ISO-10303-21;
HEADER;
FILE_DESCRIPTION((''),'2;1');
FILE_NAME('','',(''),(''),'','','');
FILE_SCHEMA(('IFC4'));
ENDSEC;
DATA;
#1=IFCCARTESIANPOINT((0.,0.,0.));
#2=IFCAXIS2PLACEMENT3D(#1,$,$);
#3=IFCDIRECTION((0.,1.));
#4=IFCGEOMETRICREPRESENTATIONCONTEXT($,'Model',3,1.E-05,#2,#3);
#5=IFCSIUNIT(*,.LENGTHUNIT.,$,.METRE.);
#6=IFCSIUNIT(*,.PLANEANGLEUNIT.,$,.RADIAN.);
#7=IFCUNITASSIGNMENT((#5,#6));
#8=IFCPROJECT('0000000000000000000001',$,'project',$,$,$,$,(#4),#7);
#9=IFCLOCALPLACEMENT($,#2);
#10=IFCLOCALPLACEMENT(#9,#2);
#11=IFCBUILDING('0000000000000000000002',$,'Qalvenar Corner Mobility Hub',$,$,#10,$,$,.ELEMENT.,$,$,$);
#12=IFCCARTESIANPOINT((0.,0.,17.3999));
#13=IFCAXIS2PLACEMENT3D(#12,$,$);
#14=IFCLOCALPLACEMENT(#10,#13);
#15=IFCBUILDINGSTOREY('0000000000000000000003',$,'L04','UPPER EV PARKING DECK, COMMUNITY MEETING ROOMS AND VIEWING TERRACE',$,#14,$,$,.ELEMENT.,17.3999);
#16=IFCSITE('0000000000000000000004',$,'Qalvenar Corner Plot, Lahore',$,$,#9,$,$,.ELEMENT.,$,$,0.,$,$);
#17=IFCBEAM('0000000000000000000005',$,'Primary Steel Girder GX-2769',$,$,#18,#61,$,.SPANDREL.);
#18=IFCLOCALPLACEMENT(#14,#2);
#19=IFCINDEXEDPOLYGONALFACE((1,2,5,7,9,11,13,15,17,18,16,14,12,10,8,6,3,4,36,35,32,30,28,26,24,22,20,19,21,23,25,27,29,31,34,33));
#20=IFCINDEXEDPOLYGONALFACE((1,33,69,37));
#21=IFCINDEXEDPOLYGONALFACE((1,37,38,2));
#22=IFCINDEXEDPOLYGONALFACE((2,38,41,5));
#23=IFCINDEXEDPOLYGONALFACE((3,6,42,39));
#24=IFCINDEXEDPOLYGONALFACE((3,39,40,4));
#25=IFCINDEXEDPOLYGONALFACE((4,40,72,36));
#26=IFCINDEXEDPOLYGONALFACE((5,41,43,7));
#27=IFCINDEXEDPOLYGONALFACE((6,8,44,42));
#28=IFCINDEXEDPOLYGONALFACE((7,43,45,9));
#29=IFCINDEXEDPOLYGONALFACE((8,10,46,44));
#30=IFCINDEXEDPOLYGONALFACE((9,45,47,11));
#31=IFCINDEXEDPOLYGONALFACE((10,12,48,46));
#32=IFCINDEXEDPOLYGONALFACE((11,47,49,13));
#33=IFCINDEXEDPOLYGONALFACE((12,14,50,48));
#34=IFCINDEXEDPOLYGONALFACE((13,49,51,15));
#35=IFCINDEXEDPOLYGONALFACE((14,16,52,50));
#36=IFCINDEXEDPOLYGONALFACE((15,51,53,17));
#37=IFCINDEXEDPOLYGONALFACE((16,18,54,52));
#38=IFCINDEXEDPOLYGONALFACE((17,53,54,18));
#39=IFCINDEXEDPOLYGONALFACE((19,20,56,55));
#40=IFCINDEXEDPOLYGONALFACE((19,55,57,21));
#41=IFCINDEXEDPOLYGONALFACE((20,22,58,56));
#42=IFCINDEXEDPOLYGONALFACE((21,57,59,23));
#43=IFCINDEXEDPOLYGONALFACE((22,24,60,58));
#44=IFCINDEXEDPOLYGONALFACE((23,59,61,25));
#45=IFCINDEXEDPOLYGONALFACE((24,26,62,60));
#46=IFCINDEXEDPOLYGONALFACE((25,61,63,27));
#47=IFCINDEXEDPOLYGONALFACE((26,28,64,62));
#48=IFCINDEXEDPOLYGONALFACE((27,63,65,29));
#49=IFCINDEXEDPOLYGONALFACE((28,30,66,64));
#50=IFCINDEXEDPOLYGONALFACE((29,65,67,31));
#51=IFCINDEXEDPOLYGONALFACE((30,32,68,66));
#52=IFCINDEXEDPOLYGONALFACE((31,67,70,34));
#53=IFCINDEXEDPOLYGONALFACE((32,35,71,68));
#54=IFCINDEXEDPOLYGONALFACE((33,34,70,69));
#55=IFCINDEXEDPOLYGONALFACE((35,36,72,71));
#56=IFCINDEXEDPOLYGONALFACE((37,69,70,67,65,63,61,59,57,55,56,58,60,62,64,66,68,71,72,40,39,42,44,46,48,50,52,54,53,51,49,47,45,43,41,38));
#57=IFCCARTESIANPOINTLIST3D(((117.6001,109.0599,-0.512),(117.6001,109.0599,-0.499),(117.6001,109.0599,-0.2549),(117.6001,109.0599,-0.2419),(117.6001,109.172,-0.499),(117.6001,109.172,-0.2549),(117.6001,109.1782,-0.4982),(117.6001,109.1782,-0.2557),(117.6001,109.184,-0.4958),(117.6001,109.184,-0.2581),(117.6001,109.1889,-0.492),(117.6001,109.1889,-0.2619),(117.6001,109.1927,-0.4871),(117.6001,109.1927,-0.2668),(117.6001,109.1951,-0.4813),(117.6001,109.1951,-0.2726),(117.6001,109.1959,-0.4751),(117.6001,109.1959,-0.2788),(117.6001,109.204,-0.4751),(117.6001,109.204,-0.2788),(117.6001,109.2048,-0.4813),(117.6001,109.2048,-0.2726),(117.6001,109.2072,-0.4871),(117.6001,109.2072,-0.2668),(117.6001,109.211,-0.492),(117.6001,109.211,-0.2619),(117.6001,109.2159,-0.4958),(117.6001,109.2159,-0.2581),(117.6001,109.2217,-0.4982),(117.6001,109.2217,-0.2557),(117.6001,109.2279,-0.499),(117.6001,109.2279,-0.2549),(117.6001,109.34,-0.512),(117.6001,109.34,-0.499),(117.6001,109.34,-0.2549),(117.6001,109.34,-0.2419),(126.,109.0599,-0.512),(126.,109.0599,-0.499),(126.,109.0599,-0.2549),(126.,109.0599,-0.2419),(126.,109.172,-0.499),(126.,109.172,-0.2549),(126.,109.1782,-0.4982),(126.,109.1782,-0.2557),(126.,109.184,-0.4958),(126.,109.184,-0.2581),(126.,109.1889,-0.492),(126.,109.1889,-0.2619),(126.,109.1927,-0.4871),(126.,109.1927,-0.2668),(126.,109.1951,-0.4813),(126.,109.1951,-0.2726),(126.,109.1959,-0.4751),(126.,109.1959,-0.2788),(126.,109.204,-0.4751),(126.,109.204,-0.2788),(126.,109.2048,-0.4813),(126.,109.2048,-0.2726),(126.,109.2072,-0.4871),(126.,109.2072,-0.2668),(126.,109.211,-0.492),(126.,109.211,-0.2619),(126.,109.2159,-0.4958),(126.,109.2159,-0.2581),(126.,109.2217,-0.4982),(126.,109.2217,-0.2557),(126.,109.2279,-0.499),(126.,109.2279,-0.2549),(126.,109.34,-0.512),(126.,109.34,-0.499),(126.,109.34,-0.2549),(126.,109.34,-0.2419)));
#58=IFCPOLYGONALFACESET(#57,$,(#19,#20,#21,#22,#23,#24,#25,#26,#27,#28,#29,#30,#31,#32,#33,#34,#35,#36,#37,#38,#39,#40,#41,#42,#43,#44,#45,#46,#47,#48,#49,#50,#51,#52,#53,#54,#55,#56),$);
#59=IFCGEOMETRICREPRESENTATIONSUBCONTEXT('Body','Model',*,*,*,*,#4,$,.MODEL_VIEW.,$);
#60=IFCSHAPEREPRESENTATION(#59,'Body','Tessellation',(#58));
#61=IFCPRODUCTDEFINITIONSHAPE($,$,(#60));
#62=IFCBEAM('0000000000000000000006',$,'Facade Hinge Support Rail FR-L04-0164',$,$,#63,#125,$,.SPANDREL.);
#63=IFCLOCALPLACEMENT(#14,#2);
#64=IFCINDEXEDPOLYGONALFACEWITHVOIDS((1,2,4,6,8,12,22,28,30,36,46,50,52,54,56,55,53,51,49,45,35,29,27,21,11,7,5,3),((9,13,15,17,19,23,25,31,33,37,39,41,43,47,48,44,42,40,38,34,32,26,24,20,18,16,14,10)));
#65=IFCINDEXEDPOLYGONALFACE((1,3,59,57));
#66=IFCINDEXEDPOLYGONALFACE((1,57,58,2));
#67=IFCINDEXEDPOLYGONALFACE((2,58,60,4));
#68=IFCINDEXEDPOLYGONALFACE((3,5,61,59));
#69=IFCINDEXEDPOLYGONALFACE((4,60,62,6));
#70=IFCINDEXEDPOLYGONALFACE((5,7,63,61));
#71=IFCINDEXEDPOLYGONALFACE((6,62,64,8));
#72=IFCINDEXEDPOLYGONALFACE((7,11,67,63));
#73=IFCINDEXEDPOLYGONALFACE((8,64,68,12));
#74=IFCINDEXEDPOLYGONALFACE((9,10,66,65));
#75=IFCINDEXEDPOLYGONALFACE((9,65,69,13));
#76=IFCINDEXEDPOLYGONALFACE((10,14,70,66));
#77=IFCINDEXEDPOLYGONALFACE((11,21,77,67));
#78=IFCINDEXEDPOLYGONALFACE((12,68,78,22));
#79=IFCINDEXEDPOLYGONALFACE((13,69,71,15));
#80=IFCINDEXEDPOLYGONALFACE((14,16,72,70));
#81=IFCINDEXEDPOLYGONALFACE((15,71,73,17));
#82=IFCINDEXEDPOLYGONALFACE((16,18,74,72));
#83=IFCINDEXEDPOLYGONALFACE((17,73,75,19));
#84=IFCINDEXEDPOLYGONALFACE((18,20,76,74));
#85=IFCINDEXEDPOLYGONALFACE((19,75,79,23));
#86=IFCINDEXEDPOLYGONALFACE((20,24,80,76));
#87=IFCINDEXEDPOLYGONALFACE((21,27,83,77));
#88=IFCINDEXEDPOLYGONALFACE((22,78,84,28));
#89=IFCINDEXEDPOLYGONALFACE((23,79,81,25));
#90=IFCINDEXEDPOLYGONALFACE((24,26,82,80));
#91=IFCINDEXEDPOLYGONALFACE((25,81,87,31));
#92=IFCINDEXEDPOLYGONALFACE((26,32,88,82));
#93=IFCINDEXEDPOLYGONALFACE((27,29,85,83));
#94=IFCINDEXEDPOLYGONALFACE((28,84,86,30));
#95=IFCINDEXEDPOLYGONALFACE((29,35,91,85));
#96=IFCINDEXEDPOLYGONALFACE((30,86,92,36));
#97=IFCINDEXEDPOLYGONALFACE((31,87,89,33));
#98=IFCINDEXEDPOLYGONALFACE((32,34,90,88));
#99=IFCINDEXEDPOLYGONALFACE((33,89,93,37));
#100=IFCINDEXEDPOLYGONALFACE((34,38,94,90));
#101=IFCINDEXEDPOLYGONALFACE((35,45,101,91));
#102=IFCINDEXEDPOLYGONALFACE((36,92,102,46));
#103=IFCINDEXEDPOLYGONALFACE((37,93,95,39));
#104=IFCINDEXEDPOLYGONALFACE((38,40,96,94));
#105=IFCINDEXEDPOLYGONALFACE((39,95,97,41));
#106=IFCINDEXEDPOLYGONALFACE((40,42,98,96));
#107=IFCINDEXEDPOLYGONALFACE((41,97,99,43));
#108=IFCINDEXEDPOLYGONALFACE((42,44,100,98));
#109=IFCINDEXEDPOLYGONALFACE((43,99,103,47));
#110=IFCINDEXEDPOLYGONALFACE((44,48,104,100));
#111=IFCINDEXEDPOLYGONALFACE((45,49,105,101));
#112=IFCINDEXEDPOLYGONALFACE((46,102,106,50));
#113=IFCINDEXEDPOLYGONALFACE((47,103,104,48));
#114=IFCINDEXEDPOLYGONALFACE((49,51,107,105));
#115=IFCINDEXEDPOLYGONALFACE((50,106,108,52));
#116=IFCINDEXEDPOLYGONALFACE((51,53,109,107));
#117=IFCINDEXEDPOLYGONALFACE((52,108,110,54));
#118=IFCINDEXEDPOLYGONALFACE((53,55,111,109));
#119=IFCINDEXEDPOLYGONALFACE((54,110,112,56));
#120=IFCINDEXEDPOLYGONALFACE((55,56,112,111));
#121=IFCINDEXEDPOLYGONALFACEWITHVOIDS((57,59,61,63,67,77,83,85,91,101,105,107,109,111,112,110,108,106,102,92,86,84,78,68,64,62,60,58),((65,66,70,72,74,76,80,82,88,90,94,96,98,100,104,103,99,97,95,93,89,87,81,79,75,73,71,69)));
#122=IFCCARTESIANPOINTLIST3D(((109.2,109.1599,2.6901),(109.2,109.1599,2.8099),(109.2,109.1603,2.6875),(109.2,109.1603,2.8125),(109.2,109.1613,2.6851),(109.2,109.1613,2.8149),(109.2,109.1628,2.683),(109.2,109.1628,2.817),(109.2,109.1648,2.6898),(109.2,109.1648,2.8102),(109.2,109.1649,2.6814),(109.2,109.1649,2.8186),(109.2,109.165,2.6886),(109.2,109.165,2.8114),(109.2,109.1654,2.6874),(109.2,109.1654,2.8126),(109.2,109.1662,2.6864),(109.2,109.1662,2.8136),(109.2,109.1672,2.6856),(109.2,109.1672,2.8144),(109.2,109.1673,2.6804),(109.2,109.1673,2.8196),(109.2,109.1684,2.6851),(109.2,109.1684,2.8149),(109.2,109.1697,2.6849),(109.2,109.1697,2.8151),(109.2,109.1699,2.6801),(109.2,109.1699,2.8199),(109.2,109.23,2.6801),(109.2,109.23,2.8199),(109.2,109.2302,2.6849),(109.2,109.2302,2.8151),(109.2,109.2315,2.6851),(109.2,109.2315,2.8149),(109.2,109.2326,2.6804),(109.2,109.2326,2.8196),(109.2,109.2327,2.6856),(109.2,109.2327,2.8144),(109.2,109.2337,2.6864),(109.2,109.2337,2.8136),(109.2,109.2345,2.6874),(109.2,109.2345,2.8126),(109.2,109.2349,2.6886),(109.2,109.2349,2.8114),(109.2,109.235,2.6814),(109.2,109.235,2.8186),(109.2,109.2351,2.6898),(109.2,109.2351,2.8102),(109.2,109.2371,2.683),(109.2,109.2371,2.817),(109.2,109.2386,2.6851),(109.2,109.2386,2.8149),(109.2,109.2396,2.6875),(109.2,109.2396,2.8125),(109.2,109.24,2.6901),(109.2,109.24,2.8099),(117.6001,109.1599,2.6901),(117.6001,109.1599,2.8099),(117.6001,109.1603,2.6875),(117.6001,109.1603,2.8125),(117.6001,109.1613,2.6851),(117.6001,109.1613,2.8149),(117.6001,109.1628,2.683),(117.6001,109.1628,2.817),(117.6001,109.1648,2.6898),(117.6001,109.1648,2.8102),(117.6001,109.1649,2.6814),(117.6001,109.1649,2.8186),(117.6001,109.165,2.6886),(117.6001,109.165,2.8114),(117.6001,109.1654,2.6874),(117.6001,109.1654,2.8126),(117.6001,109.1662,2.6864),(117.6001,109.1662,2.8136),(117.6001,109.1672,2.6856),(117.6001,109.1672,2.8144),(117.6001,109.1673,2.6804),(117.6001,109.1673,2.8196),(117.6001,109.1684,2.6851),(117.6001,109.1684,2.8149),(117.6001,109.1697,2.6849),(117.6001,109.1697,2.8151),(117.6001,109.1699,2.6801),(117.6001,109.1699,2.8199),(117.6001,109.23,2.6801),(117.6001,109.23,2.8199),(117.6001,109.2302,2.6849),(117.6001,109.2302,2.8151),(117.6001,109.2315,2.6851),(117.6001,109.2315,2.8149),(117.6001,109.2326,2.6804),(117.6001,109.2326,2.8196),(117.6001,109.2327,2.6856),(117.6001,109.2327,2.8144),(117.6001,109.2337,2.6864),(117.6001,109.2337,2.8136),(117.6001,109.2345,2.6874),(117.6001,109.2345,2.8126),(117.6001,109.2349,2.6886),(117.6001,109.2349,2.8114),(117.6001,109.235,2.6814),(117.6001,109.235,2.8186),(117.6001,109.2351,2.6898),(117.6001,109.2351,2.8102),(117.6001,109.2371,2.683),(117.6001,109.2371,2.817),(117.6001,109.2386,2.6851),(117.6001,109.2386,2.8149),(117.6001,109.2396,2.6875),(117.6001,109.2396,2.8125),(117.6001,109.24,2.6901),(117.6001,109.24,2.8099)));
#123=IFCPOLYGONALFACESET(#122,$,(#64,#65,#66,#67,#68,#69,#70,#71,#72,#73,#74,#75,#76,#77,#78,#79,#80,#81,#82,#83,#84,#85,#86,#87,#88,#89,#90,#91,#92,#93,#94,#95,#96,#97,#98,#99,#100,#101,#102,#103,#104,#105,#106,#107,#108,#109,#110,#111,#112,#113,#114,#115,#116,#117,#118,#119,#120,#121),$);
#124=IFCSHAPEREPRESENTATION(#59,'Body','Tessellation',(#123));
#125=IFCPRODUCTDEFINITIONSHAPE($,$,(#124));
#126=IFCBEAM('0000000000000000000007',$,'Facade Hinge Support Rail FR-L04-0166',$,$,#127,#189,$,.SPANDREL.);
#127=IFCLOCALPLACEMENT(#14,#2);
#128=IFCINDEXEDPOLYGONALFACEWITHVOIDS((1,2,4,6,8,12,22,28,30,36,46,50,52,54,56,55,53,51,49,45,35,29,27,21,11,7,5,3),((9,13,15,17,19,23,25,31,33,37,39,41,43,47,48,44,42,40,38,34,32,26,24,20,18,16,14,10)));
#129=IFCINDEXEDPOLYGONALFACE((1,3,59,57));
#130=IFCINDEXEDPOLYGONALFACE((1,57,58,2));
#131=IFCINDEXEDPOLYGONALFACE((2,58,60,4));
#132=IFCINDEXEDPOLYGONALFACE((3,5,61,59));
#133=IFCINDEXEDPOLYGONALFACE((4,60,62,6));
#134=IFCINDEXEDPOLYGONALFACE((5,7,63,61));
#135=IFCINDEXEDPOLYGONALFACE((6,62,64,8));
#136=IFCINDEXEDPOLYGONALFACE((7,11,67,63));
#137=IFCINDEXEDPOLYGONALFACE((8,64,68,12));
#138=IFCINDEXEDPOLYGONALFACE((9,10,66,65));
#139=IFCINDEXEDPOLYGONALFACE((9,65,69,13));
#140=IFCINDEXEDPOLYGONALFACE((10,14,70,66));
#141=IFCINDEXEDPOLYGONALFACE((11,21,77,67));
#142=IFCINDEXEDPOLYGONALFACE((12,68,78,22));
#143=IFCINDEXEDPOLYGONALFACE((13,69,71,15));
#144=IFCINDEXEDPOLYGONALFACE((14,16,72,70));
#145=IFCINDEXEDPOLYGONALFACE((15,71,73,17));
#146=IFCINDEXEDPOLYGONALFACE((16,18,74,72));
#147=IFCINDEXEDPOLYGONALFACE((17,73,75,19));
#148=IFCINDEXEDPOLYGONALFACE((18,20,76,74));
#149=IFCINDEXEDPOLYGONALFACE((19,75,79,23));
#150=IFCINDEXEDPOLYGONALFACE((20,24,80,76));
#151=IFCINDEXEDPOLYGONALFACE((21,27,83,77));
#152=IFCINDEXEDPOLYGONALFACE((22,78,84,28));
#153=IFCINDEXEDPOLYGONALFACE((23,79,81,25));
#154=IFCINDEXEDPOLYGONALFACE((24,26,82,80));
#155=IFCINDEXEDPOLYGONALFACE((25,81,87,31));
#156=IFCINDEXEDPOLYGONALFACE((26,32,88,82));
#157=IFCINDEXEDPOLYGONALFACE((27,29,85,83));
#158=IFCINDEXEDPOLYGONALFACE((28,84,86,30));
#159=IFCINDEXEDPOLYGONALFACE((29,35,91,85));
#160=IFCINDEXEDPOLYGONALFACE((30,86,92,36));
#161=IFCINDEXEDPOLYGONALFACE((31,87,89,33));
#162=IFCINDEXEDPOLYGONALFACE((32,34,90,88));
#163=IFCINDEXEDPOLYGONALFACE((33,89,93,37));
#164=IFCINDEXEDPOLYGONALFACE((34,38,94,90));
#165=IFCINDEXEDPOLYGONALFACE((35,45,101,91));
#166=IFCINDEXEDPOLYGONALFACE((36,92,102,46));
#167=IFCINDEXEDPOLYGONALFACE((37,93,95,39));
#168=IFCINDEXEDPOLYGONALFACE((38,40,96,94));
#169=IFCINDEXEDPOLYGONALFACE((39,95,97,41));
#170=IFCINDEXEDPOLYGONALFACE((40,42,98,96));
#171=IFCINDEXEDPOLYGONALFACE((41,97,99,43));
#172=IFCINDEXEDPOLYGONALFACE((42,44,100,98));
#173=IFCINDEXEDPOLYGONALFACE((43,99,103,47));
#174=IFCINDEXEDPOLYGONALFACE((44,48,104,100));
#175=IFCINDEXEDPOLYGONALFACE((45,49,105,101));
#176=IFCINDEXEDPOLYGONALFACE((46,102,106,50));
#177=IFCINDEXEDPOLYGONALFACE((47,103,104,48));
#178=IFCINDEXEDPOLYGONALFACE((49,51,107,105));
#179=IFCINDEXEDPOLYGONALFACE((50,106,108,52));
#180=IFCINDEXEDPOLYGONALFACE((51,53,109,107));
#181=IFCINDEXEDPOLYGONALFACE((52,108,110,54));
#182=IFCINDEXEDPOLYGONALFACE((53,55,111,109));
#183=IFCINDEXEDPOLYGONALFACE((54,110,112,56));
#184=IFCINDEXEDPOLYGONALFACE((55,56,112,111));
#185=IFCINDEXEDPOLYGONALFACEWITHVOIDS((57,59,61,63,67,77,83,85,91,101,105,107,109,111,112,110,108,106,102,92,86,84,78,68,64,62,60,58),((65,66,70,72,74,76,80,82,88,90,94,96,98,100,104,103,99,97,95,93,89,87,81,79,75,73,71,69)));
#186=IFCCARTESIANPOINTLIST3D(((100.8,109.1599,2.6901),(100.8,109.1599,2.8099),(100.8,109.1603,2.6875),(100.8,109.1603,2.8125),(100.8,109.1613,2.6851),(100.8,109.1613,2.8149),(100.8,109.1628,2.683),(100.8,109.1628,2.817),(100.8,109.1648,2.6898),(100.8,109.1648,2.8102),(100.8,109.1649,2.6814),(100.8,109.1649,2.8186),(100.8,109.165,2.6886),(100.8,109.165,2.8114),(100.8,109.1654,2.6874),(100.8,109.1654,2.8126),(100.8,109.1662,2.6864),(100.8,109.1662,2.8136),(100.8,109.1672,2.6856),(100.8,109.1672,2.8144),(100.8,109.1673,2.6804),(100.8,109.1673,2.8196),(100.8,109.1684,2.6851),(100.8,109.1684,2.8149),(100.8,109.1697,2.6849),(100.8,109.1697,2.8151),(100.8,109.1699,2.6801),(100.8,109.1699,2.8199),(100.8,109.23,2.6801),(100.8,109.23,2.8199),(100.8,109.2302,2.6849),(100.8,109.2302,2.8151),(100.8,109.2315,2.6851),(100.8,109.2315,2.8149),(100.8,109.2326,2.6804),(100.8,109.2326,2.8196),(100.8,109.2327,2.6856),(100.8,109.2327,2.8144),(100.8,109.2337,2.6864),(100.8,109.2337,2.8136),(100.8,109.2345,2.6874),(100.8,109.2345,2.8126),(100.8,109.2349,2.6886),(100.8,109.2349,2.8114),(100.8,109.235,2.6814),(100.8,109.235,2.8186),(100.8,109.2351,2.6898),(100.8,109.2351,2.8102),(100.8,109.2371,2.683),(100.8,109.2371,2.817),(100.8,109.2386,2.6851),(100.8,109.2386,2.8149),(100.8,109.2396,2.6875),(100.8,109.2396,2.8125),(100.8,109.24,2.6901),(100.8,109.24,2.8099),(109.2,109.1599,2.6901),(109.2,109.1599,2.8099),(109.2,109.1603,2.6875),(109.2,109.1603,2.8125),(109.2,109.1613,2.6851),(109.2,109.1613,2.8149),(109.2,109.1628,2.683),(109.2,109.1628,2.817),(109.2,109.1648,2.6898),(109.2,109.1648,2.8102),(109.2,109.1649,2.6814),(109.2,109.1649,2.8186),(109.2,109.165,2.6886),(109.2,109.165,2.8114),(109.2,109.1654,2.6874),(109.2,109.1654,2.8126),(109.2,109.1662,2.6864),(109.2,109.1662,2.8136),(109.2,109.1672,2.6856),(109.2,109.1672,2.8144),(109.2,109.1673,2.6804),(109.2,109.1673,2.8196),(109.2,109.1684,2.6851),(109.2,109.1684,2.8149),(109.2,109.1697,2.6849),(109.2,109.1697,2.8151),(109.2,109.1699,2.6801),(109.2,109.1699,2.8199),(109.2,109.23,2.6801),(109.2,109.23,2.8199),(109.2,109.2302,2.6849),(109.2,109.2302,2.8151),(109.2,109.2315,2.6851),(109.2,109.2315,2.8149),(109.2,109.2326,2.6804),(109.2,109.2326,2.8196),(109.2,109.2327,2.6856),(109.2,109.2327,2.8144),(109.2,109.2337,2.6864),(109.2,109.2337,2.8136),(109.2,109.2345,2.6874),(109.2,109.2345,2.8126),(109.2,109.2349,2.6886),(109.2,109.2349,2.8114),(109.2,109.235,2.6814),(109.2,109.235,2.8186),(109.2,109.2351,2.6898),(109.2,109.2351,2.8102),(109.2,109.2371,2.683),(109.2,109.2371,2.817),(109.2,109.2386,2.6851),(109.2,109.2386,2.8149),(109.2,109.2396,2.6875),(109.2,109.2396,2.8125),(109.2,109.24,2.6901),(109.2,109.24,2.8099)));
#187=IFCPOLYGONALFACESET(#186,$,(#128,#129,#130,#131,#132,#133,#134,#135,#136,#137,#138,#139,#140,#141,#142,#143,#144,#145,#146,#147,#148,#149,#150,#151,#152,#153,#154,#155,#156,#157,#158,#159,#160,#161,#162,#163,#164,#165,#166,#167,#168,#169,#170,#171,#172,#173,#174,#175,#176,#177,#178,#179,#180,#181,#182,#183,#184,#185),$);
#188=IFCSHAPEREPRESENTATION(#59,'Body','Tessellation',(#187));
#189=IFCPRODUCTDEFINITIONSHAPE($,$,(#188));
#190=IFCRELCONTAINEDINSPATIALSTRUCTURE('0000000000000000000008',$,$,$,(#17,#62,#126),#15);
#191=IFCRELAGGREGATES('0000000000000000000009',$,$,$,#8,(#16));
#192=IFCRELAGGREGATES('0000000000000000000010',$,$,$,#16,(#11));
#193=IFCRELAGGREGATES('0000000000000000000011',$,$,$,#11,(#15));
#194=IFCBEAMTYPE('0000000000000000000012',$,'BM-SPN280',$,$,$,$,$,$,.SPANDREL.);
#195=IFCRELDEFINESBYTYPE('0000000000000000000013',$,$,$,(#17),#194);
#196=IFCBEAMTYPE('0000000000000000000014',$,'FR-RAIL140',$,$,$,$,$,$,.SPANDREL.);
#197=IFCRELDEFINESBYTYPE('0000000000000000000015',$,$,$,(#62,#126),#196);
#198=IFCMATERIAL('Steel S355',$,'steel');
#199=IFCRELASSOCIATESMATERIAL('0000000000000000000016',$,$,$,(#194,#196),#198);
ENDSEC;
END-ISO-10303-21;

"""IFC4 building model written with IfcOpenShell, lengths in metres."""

from ifc_helpers import new_model, si_unit, direction, frame, origin, origin_2d, place, context, subcontext, project, spatial, hollow_rectangle, i_section, extrude, material, material_profile, profile_set, type_object, element, save


model = new_model("IFC4")

# Units and contexts
model_context = context("Model", 3, precision=1e-05, world=origin(), true_north=direction((0.0, 1.0)))
body_context = subcontext(model_context, "Body", "Model", "MODEL_VIEW")
ifc_project = project(units=[si_unit("LENGTHUNIT", "METRE"), si_unit("PLANEANGLEUNIT", "RADIAN")], contexts=[model_context])

# Site, building, storey
site_placement = place(None, origin())
site = spatial("IfcSite", under=ifc_project, at=site_placement, Name="Qalvenar Corner Plot, Lahore", CompositionType="ELEMENT", RefElevation=0.0)
building_placement = place(site_placement, origin())
building = spatial("IfcBuilding", under=site, at=building_placement, Name="Qalvenar Corner Mobility Hub", CompositionType="ELEMENT")
storey_placement = place(building_placement, frame((0.0, 0.0, 17.3999)))
storey = spatial("IfcBuildingStorey", under=building, at=storey_placement, Name="L04", Description="UPPER EV PARKING DECK, COMMUNITY MEETING ROOMS AND VIEWING TERRACE", CompositionType="ELEMENT", Elevation=17.3999)

# Shared definitions
ifc_material = material(Name="Steel S355", Category="steel")

# Beams
ifc_material_profile_1 = material_profile(ifc_material, i_section(OverallWidth=0.28, OverallDepth=0.27, WebThickness=0.0081, FlangeThickness=0.0129, FilletRadius=0.0239, at=origin_2d()), Name="HEA280")
ifc_profile_set_1 = profile_set([ifc_material_profile_1], Name="Steel S355")
beam_type_1 = type_object("IfcBeamType", Name="BM-SPN280", PredefinedType="SPANDREL", material=ifc_profile_set_1)
beam_1_placement = place(storey_placement, frame((117.6001, 109.2, -0.377), z_axis=(1.0, 0.0, 0.0), x_axis=(0.0, 1.0, 0.0)))
element("IfcBeam", 1, at=beam_1_placement, inside=storey, type_object=beam_type_1, Name="Primary Steel Girder GX-2769", PredefinedType="SPANDREL", context=body_context, shape_type="SweptSolid", body=[
    extrude(i_section(OverallWidth=0.28, OverallDepth=0.27, WebThickness=0.0081, FlangeThickness=0.0129, FilletRadius=0.0239, at=origin_2d()), origin(), (0.0, 0.0, 1.0), 8.3999),
])
ifc_material_profile_2 = material_profile(ifc_material, hollow_rectangle(XDim=0.0801, YDim=0.1399, WallThickness=0.0049, InnerFilletRadius=0.0049, OuterFilletRadius=0.01, at=origin_2d()), Name="RHS140x80x5")
ifc_profile_set_2 = profile_set([ifc_material_profile_2], Name="Steel S355")
beam_type_2 = type_object("IfcBeamType", Name="FR-RAIL140", PredefinedType="SPANDREL", material=ifc_profile_set_2)
beam_2_placement = place(storey_placement, frame((117.6001, 109.2, 2.75), z_axis=(-1.0, 0.0, 0.0), x_axis=(0.0, -1.0, 0.0)))
element("IfcBeam", 2, at=beam_2_placement, inside=storey, type_object=beam_type_2, Name="Facade Hinge Support Rail FR-L04-0164", PredefinedType="SPANDREL", context=body_context, shape_type="SweptSolid", body=[
    extrude(hollow_rectangle(XDim=0.0801, YDim=0.1399, WallThickness=0.0049, InnerFilletRadius=0.0049, OuterFilletRadius=0.01, at=origin_2d()), origin(), (0.0, 0.0, 1.0), 8.4001),
])
beam_3_placement = place(storey_placement, frame((109.2, 109.2, 2.75), z_axis=(-1.0, 0.0, 0.0), x_axis=(0.0, -1.0, 0.0)))
element("IfcBeam", 3, at=beam_3_placement, inside=storey, type_object=beam_type_2, Name="Facade Hinge Support Rail FR-L04-0166", PredefinedType="SPANDREL", context=body_context, shape_type="SweptSolid", body=[
    extrude(hollow_rectangle(XDim=0.0801, YDim=0.1399, WallThickness=0.0049, InnerFilletRadius=0.0049, OuterFilletRadius=0.01, at=origin_2d()), origin(), (0.0, 0.0, 1.0), 8.3999),
])

save(model, "model.ifc")
